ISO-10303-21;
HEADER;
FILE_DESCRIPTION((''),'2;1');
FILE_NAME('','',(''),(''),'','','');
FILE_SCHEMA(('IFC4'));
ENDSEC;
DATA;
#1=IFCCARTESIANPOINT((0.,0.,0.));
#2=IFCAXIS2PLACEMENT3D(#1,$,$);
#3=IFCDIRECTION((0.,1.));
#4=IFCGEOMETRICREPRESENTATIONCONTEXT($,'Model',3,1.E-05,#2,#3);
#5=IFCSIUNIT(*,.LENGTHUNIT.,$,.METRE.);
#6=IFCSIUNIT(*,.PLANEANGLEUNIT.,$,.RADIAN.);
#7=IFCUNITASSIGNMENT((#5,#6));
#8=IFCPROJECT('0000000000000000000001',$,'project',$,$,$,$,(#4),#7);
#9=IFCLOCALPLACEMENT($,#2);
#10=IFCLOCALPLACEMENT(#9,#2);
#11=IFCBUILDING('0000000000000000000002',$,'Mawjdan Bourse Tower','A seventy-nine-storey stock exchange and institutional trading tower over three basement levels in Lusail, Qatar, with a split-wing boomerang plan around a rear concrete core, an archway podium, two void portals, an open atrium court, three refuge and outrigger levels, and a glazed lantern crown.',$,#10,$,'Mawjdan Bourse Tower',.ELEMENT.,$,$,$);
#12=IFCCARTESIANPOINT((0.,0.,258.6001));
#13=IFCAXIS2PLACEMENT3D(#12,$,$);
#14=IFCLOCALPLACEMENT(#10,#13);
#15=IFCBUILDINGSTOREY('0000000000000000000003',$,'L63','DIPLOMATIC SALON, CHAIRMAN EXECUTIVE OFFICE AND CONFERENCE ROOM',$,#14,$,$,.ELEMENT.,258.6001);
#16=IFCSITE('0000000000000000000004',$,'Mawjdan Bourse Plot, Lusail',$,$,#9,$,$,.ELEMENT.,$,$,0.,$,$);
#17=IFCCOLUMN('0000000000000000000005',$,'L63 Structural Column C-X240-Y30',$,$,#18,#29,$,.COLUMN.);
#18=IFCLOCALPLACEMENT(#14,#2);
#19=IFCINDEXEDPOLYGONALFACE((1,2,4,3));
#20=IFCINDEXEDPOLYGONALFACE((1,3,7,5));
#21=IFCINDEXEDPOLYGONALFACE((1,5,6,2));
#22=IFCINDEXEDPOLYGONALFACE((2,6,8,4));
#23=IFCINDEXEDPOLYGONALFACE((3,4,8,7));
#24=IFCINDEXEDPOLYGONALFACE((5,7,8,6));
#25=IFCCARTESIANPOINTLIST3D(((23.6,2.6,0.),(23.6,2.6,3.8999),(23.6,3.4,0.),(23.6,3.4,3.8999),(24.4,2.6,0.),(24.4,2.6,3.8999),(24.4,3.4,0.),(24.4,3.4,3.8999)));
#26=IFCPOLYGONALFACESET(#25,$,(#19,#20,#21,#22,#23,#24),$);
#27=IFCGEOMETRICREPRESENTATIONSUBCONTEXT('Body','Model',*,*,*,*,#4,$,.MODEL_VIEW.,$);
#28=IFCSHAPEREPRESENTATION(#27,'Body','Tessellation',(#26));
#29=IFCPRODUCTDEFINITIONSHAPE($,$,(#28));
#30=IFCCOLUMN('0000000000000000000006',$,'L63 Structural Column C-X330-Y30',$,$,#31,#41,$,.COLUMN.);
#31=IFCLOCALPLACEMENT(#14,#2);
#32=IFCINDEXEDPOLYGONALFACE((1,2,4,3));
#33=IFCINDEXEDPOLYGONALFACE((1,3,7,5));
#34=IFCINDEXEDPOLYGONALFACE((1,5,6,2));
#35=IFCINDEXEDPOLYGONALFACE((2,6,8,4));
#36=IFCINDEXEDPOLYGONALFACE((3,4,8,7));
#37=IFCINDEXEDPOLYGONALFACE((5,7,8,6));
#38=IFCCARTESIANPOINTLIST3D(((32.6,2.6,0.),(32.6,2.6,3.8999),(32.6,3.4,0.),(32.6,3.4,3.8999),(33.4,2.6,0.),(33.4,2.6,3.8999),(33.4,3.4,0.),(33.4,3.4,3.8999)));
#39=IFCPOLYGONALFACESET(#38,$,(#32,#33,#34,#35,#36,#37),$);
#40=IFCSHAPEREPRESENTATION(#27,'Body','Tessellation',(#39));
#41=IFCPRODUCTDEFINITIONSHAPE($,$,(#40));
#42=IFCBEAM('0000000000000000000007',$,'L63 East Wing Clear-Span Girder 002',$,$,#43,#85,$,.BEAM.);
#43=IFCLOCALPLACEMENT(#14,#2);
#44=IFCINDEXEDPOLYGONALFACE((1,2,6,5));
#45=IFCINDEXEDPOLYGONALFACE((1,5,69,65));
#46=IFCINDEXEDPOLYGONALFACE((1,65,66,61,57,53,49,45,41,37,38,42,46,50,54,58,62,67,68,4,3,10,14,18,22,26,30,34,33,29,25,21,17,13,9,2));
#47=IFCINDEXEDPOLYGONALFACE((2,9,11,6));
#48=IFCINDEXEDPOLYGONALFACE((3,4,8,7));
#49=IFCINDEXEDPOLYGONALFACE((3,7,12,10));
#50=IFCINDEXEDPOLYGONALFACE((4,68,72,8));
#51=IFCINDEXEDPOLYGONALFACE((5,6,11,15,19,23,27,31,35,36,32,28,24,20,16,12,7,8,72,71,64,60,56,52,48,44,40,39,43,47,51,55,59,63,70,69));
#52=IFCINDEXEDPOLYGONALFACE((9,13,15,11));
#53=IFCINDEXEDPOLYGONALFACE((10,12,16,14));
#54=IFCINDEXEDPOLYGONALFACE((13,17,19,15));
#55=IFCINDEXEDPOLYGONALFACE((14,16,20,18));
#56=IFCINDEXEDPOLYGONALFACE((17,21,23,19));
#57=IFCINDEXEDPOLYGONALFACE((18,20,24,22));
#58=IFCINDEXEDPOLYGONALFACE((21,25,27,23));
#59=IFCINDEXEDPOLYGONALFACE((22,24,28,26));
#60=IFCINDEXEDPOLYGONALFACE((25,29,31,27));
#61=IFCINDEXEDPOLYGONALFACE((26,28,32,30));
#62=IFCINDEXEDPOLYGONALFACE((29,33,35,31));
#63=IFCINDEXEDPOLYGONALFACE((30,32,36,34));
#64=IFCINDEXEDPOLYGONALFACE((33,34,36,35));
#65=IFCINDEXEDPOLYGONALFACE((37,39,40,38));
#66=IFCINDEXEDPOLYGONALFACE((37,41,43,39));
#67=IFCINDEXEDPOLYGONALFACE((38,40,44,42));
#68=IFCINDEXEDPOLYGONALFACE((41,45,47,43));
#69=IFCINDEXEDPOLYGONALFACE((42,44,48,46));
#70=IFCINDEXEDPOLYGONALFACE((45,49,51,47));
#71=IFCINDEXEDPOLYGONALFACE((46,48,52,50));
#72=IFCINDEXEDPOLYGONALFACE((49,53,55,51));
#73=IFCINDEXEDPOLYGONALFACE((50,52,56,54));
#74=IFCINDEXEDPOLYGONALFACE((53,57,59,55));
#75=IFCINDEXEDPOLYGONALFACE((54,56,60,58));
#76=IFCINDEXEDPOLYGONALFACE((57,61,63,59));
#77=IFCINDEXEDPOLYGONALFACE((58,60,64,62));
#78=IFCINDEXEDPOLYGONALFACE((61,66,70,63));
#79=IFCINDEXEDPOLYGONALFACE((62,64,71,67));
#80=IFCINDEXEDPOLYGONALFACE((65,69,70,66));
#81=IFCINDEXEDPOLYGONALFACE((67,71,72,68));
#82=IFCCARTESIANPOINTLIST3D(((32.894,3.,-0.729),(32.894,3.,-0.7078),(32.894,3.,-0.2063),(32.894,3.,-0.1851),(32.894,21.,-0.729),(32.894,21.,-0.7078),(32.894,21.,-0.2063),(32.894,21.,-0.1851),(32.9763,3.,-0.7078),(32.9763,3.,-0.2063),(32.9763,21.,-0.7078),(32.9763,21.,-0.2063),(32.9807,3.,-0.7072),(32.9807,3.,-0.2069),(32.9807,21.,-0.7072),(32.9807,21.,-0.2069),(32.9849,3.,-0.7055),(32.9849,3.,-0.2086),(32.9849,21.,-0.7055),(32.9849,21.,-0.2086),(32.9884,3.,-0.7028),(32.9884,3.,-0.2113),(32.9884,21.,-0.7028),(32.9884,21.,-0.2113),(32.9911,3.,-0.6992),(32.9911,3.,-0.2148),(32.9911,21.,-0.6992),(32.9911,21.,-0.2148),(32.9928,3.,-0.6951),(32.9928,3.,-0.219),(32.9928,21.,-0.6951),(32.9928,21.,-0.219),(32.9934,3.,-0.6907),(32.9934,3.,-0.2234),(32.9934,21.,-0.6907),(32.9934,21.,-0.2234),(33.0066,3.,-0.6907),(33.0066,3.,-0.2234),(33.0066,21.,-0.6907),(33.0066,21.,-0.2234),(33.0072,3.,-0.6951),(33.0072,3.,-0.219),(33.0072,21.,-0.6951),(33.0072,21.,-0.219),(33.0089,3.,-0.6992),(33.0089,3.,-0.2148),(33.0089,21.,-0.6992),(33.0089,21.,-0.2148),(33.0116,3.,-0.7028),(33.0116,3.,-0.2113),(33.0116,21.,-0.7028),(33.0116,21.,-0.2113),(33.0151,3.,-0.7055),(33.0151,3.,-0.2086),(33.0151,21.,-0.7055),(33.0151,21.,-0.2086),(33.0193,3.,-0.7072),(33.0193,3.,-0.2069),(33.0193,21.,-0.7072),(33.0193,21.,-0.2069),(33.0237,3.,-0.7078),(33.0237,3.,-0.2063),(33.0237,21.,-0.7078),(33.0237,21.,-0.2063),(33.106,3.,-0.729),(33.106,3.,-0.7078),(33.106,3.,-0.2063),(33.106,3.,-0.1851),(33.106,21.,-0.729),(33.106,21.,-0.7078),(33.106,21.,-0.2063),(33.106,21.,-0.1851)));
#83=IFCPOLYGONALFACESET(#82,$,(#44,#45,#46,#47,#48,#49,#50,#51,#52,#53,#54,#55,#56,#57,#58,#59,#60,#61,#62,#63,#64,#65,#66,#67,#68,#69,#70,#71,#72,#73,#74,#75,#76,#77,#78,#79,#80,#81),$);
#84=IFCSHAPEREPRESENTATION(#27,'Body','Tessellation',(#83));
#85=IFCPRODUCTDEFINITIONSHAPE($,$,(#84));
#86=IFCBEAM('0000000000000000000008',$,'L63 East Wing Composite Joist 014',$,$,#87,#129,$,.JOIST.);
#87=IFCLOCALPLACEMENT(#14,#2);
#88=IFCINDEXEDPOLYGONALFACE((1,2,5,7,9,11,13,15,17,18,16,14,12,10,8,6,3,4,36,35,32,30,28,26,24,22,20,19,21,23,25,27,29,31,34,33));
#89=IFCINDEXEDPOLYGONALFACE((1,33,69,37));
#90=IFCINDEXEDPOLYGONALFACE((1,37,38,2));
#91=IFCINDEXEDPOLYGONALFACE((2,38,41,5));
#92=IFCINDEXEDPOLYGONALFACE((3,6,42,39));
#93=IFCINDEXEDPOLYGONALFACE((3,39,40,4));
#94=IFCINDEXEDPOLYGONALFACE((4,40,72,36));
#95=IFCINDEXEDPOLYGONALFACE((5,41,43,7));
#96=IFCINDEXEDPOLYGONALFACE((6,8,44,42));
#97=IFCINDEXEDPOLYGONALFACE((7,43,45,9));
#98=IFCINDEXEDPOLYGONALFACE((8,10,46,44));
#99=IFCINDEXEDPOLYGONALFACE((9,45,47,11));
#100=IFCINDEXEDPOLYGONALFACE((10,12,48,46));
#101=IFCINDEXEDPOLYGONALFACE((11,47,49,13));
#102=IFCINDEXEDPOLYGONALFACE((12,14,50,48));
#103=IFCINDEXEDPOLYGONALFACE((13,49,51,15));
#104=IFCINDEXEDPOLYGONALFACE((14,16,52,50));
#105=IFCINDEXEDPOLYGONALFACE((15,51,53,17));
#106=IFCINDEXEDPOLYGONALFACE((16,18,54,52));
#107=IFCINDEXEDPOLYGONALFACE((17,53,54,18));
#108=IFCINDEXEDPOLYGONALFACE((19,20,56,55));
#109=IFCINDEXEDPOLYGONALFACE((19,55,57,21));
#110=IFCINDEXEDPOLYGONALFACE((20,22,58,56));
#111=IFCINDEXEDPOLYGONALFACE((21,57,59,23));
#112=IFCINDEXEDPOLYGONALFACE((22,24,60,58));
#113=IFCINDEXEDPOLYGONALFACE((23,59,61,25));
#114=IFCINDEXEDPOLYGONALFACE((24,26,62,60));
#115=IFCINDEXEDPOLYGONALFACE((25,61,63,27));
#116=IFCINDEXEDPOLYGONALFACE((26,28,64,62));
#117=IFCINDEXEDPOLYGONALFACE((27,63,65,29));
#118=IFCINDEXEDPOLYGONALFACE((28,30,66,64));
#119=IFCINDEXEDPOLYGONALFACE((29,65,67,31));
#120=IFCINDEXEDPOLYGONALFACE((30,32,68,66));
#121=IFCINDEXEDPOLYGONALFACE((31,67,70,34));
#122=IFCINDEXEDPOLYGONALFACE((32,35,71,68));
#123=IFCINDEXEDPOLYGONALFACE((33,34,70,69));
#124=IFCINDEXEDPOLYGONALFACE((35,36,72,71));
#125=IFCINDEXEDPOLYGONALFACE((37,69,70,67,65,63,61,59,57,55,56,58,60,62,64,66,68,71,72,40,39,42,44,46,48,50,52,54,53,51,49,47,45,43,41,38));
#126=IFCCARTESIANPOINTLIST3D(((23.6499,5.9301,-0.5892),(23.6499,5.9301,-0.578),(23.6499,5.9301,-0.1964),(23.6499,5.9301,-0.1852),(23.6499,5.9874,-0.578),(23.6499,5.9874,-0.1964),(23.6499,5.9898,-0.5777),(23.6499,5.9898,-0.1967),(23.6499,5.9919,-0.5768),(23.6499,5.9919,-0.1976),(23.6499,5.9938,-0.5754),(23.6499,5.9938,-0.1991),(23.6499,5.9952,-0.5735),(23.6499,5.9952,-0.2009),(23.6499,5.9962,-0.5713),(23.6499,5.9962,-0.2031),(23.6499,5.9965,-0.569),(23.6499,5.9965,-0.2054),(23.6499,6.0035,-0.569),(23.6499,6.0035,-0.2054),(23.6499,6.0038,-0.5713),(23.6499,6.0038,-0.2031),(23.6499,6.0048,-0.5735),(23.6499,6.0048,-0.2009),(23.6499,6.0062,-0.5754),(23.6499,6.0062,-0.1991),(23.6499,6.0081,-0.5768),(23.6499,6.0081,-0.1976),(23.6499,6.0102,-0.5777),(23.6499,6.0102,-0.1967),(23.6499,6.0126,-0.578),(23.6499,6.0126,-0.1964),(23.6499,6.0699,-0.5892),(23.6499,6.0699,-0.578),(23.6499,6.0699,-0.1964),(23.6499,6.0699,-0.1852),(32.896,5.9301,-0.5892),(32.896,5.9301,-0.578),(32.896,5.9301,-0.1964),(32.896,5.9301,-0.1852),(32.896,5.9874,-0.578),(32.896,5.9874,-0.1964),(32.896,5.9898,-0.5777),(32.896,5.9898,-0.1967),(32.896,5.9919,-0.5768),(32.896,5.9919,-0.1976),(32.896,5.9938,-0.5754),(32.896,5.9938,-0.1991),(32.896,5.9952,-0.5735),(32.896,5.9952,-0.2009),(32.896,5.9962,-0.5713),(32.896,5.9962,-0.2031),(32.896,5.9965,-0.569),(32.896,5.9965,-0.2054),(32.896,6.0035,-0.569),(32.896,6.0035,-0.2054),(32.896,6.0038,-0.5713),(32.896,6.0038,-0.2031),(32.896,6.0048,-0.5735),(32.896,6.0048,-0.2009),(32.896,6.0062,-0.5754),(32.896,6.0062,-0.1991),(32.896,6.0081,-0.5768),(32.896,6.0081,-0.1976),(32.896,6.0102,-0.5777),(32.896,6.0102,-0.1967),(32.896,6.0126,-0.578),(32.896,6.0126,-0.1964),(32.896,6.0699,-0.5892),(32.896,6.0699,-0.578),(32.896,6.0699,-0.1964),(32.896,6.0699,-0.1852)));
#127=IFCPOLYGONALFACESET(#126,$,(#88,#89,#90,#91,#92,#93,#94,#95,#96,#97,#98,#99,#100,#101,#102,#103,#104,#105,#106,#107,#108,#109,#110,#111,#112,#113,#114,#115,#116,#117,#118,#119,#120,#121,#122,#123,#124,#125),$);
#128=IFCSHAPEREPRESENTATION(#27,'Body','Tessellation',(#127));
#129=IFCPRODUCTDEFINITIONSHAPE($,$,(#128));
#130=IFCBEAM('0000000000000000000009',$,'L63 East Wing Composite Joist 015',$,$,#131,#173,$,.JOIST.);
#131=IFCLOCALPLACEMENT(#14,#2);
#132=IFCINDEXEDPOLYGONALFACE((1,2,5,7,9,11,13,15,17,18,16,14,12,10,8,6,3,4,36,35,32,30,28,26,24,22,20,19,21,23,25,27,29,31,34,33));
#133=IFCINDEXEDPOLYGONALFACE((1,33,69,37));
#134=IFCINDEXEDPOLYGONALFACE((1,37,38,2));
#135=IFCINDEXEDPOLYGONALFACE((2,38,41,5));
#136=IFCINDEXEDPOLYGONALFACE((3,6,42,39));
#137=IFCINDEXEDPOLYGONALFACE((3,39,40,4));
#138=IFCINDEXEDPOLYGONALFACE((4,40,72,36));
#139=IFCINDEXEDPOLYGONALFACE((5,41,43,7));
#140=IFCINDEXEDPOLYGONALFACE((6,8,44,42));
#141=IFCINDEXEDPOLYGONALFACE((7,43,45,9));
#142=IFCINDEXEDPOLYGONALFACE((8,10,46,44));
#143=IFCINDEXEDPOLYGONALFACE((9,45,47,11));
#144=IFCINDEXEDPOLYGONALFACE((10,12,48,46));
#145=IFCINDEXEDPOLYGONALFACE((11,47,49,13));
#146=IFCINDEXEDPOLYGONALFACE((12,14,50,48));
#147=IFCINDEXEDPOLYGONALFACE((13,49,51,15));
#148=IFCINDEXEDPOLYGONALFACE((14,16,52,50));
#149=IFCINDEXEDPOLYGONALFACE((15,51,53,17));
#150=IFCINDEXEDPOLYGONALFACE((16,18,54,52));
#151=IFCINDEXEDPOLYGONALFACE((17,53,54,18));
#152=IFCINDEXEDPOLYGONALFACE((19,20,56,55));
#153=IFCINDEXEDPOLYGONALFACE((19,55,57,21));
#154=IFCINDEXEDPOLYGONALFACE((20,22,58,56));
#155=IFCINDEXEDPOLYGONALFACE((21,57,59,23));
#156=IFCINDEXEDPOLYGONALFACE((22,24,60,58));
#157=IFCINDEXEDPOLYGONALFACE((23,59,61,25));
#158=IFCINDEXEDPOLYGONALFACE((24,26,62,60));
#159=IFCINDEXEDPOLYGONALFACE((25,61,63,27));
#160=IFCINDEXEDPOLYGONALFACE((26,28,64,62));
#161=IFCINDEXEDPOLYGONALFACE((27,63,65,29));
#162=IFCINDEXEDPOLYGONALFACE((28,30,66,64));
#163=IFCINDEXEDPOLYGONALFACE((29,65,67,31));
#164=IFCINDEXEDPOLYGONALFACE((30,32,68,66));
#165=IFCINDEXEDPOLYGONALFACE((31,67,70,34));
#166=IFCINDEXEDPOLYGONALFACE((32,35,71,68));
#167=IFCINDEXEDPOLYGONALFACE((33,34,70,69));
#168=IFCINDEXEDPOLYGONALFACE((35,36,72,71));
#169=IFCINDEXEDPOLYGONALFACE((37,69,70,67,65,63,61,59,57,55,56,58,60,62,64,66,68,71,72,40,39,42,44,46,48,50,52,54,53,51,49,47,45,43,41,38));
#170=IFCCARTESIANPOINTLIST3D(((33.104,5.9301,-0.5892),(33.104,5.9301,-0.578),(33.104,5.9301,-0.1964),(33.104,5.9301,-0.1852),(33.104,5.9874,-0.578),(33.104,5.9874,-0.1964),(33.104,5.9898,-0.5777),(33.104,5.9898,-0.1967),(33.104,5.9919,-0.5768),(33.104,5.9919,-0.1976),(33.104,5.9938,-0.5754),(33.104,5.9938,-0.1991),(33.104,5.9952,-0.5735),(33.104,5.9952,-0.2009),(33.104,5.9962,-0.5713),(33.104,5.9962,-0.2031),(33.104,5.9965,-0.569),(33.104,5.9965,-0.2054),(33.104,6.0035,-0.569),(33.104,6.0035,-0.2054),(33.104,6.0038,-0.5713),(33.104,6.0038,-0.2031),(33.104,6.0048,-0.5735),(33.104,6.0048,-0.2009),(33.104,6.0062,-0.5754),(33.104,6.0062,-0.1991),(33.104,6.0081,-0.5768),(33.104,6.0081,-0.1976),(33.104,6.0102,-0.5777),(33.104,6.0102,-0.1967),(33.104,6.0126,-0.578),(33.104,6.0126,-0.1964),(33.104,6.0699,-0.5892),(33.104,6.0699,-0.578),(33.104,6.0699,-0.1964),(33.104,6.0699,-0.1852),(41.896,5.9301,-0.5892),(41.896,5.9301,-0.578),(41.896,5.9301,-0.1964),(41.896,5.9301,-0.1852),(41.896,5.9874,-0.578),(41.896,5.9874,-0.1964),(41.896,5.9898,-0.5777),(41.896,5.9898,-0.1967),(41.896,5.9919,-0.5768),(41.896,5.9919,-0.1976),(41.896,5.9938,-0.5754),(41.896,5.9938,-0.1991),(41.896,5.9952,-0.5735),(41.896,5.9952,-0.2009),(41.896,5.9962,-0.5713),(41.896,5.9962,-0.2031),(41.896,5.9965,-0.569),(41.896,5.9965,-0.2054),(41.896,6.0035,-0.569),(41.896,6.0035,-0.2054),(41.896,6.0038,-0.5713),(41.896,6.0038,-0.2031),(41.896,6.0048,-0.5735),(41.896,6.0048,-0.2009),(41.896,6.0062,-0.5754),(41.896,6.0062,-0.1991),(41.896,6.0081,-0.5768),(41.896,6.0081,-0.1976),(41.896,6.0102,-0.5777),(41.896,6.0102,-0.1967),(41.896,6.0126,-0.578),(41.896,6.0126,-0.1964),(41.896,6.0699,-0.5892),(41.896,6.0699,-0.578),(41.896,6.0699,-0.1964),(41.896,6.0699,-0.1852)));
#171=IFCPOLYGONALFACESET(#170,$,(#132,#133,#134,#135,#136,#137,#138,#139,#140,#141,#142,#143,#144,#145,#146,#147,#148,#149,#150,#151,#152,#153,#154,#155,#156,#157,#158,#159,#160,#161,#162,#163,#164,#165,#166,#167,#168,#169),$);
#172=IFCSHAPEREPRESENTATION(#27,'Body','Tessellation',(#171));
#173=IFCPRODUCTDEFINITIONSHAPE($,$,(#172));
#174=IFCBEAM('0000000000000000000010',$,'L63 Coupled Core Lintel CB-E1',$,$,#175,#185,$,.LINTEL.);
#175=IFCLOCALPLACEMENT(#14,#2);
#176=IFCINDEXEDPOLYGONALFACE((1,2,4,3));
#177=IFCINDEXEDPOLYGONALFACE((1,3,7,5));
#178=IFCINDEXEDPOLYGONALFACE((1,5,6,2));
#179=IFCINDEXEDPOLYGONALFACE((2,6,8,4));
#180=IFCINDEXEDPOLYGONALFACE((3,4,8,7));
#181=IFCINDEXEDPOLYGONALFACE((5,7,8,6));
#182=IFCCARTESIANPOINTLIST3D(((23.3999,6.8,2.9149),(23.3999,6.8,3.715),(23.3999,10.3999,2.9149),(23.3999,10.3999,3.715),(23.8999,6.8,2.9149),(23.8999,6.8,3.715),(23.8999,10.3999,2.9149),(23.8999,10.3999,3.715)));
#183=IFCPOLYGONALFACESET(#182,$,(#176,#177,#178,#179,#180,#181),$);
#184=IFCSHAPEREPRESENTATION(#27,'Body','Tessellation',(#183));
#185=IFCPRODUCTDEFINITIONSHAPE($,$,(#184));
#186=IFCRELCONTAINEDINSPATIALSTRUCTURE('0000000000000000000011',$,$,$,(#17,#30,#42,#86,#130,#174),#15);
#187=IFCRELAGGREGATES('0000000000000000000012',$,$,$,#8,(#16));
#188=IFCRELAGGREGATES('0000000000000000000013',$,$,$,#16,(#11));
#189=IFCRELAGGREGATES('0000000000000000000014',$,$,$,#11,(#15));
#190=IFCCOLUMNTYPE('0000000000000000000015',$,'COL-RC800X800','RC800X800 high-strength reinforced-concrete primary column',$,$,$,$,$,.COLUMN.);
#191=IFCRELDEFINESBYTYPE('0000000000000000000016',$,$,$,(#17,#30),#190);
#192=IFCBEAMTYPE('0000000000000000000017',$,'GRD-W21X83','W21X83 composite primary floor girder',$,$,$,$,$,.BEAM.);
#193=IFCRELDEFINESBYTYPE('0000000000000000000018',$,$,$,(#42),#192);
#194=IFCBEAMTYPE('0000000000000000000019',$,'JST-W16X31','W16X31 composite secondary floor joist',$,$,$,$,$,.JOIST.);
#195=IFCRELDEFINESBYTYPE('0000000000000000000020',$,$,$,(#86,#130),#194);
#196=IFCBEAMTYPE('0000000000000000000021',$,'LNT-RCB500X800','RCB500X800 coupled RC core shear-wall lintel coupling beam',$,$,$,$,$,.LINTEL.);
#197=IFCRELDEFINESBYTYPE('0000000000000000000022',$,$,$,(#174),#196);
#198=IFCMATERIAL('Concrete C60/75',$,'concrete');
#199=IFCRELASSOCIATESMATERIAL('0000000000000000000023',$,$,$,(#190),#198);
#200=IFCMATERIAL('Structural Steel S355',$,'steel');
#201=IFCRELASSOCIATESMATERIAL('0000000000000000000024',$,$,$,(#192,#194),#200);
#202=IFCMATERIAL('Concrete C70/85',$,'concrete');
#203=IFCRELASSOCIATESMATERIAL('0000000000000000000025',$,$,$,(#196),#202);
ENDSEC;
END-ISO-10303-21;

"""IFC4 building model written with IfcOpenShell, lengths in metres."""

from ifc_helpers import new_model, si_unit, direction, frame, origin, origin_2d, place, context, subcontext, project, spatial, rectangle, i_section, extrude, material, material_profile, profile_set, type_object, element, save


model = new_model("IFC4")

# Units and contexts
model_context = context("Model", 3, precision=1e-05, world=origin(), true_north=direction((0.0, 1.0)))
body_context = subcontext(model_context, "Body", "Model", "MODEL_VIEW")
ifc_project = project(units=[si_unit("LENGTHUNIT", "METRE"), si_unit("PLANEANGLEUNIT", "RADIAN")], contexts=[model_context])

# Site, building, storey
site_placement = place(None, origin())
site = spatial("IfcSite", under=ifc_project, at=site_placement, Name="Mawjdan Bourse Plot, Lusail", CompositionType="ELEMENT", RefElevation=0.0)
building_placement = place(site_placement, origin())
building = spatial("IfcBuilding", under=site, at=building_placement, Name="Mawjdan Bourse Tower", Description="A seventy-nine-storey stock exchange and institutional trading tower over three basement levels in Lusail, Qatar, with a split-wing boomerang plan around a rear concrete core, an archway podium, two void portals, an open atrium court, three refuge and outrigger levels, and a glazed lantern crown.", LongName="Mawjdan Bourse Tower", CompositionType="ELEMENT")
storey_placement = place(building_placement, frame((0.0, 0.0, 258.6001)))
storey = spatial("IfcBuildingStorey", under=building, at=storey_placement, Name="L63", Description="DIPLOMATIC SALON, CHAIRMAN EXECUTIVE OFFICE AND CONFERENCE ROOM", CompositionType="ELEMENT", Elevation=258.6001)

# Columns
ifc_material_1 = material(Name="Concrete C60/75", Category="concrete")
ifc_material_profile_1 = material_profile(ifc_material_1, rectangle(XDim=0.8, YDim=0.8, at=origin_2d()), Name="RC800X800")
ifc_profile_set_1 = profile_set([ifc_material_profile_1], Name="Concrete C60/75")
column_type = type_object("IfcColumnType", Name="COL-RC800X800", Description="RC800X800 high-strength reinforced-concrete primary column", PredefinedType="COLUMN", material=ifc_profile_set_1)
for number, where, z_axis, x_axis, name in (
    (1, (24.0, 3.0, 0.0), (0.0, 0.0, 1.0), (1.0, 0.0, 0.0), "L63 Structural Column C-X240-Y30"),
    (2, (33.0, 3.0, 0.0), (0.0, 0.0, 1.0), (1.0, 0.0, 0.0), "L63 Structural Column C-X330-Y30"),
):
    element("IfcColumn", number, at=place(storey_placement, frame(where, z_axis=z_axis, x_axis=x_axis)), inside=storey, type_object=column_type, Name=name, PredefinedType="COLUMN", context=body_context, shape_type="SweptSolid", body=[
        extrude(rectangle(XDim=0.8, YDim=0.8, at=origin_2d()), origin(), (0.0, 0.0, 1.0), 3.8999),
    ])

# Beams
ifc_material_2 = material(Name="Structural Steel S355", Category="steel")
ifc_material_profile_2 = material_profile(ifc_material_2, i_section(OverallWidth=0.2119, OverallDepth=0.5439, WebThickness=0.0132, FlangeThickness=0.0212, FilletRadius=0.0171, at=origin_2d()), Name="W21X83")
ifc_profile_set_2 = profile_set([ifc_material_profile_2], Name="Structural Steel S355")
beam_type_1 = type_object("IfcBeamType", Name="GRD-W21X83", Description="W21X83 composite primary floor girder", PredefinedType="BEAM", material=ifc_profile_set_2)
beam_1_placement = place(storey_placement, frame((33.0, 3.0, -0.457), z_axis=(0.0, 1.0, 0.0), x_axis=(-1.0, 0.0, 0.0)))
element("IfcBeam", 3, at=beam_1_placement, inside=storey, type_object=beam_type_1, Name="L63 East Wing Clear-Span Girder 002", PredefinedType="BEAM", context=body_context, shape_type="SweptSolid", body=[
    extrude(i_section(OverallWidth=0.2119, OverallDepth=0.5439, WebThickness=0.0132, FlangeThickness=0.0212, FilletRadius=0.0171, at=origin_2d()), origin(), (0.0, 0.0, 1.0), 18.0),
])
ifc_material_profile_3 = material_profile(ifc_material_2, i_section(OverallWidth=0.1399, OverallDepth=0.4041, WebThickness=0.0071, FlangeThickness=0.0112, FilletRadius=0.009, at=origin_2d()), Name="W16X31")
ifc_profile_set_3 = profile_set([ifc_material_profile_3], Name="Structural Steel S355")
beam_type_2 = type_object("IfcBeamType", Name="JST-W16X31", Description="W16X31 composite secondary floor joist", PredefinedType="JOIST", material=ifc_profile_set_3)
beam_2_placement = place(storey_placement, frame((23.6499, 6.0, -0.3872), z_axis=(1.0, 0.0, 0.0), x_axis=(0.0, 1.0, 0.0)))
element("IfcBeam", 4, at=beam_2_placement, inside=storey, type_object=beam_type_2, Name="L63 East Wing Composite Joist 014", PredefinedType="JOIST", context=body_context, shape_type="SweptSolid", body=[
    extrude(i_section(OverallWidth=0.1399, OverallDepth=0.4041, WebThickness=0.0071, FlangeThickness=0.0112, FilletRadius=0.009, at=origin_2d()), origin(), (0.0, 0.0, 1.0), 9.2461),
])
beam_3_placement = place(storey_placement, frame((33.104, 6.0, -0.3872), z_axis=(1.0, 0.0, 0.0), x_axis=(0.0, 1.0, 0.0)))
element("IfcBeam", 5, at=beam_3_placement, inside=storey, type_object=beam_type_2, Name="L63 East Wing Composite Joist 015", PredefinedType="JOIST", context=body_context, shape_type="SweptSolid", body=[
    extrude(i_section(OverallWidth=0.1399, OverallDepth=0.4041, WebThickness=0.0071, FlangeThickness=0.0112, FilletRadius=0.009, at=origin_2d()), origin(), (0.0, 0.0, 1.0), 8.792),
])
ifc_material_3 = material(Name="Concrete C70/85", Category="concrete")
ifc_material_profile_4 = material_profile(ifc_material_3, rectangle(XDim=0.5, YDim=0.8, at=origin_2d()), Name="RCB500X800")
ifc_profile_set_4 = profile_set([ifc_material_profile_4], Name="Concrete C70/85")
beam_type_3 = type_object("IfcBeamType", Name="LNT-RCB500X800", Description="RCB500X800 coupled RC core shear-wall lintel coupling beam", PredefinedType="LINTEL", material=ifc_profile_set_4)
beam_4_placement = place(storey_placement, frame((23.6499, 6.8, 3.3149), z_axis=(0.0, 1.0, 0.0), x_axis=(-1.0, 0.0, 0.0)))
element("IfcBeam", 6, at=beam_4_placement, inside=storey, type_object=beam_type_3, Name="L63 Coupled Core Lintel CB-E1", PredefinedType="LINTEL", context=body_context, shape_type="SweptSolid", body=[
    extrude(rectangle(XDim=0.5, YDim=0.8, at=origin_2d()), origin(), (0.0, 0.0, 1.0), 3.5999),
])

save(model, "model.ifc")
